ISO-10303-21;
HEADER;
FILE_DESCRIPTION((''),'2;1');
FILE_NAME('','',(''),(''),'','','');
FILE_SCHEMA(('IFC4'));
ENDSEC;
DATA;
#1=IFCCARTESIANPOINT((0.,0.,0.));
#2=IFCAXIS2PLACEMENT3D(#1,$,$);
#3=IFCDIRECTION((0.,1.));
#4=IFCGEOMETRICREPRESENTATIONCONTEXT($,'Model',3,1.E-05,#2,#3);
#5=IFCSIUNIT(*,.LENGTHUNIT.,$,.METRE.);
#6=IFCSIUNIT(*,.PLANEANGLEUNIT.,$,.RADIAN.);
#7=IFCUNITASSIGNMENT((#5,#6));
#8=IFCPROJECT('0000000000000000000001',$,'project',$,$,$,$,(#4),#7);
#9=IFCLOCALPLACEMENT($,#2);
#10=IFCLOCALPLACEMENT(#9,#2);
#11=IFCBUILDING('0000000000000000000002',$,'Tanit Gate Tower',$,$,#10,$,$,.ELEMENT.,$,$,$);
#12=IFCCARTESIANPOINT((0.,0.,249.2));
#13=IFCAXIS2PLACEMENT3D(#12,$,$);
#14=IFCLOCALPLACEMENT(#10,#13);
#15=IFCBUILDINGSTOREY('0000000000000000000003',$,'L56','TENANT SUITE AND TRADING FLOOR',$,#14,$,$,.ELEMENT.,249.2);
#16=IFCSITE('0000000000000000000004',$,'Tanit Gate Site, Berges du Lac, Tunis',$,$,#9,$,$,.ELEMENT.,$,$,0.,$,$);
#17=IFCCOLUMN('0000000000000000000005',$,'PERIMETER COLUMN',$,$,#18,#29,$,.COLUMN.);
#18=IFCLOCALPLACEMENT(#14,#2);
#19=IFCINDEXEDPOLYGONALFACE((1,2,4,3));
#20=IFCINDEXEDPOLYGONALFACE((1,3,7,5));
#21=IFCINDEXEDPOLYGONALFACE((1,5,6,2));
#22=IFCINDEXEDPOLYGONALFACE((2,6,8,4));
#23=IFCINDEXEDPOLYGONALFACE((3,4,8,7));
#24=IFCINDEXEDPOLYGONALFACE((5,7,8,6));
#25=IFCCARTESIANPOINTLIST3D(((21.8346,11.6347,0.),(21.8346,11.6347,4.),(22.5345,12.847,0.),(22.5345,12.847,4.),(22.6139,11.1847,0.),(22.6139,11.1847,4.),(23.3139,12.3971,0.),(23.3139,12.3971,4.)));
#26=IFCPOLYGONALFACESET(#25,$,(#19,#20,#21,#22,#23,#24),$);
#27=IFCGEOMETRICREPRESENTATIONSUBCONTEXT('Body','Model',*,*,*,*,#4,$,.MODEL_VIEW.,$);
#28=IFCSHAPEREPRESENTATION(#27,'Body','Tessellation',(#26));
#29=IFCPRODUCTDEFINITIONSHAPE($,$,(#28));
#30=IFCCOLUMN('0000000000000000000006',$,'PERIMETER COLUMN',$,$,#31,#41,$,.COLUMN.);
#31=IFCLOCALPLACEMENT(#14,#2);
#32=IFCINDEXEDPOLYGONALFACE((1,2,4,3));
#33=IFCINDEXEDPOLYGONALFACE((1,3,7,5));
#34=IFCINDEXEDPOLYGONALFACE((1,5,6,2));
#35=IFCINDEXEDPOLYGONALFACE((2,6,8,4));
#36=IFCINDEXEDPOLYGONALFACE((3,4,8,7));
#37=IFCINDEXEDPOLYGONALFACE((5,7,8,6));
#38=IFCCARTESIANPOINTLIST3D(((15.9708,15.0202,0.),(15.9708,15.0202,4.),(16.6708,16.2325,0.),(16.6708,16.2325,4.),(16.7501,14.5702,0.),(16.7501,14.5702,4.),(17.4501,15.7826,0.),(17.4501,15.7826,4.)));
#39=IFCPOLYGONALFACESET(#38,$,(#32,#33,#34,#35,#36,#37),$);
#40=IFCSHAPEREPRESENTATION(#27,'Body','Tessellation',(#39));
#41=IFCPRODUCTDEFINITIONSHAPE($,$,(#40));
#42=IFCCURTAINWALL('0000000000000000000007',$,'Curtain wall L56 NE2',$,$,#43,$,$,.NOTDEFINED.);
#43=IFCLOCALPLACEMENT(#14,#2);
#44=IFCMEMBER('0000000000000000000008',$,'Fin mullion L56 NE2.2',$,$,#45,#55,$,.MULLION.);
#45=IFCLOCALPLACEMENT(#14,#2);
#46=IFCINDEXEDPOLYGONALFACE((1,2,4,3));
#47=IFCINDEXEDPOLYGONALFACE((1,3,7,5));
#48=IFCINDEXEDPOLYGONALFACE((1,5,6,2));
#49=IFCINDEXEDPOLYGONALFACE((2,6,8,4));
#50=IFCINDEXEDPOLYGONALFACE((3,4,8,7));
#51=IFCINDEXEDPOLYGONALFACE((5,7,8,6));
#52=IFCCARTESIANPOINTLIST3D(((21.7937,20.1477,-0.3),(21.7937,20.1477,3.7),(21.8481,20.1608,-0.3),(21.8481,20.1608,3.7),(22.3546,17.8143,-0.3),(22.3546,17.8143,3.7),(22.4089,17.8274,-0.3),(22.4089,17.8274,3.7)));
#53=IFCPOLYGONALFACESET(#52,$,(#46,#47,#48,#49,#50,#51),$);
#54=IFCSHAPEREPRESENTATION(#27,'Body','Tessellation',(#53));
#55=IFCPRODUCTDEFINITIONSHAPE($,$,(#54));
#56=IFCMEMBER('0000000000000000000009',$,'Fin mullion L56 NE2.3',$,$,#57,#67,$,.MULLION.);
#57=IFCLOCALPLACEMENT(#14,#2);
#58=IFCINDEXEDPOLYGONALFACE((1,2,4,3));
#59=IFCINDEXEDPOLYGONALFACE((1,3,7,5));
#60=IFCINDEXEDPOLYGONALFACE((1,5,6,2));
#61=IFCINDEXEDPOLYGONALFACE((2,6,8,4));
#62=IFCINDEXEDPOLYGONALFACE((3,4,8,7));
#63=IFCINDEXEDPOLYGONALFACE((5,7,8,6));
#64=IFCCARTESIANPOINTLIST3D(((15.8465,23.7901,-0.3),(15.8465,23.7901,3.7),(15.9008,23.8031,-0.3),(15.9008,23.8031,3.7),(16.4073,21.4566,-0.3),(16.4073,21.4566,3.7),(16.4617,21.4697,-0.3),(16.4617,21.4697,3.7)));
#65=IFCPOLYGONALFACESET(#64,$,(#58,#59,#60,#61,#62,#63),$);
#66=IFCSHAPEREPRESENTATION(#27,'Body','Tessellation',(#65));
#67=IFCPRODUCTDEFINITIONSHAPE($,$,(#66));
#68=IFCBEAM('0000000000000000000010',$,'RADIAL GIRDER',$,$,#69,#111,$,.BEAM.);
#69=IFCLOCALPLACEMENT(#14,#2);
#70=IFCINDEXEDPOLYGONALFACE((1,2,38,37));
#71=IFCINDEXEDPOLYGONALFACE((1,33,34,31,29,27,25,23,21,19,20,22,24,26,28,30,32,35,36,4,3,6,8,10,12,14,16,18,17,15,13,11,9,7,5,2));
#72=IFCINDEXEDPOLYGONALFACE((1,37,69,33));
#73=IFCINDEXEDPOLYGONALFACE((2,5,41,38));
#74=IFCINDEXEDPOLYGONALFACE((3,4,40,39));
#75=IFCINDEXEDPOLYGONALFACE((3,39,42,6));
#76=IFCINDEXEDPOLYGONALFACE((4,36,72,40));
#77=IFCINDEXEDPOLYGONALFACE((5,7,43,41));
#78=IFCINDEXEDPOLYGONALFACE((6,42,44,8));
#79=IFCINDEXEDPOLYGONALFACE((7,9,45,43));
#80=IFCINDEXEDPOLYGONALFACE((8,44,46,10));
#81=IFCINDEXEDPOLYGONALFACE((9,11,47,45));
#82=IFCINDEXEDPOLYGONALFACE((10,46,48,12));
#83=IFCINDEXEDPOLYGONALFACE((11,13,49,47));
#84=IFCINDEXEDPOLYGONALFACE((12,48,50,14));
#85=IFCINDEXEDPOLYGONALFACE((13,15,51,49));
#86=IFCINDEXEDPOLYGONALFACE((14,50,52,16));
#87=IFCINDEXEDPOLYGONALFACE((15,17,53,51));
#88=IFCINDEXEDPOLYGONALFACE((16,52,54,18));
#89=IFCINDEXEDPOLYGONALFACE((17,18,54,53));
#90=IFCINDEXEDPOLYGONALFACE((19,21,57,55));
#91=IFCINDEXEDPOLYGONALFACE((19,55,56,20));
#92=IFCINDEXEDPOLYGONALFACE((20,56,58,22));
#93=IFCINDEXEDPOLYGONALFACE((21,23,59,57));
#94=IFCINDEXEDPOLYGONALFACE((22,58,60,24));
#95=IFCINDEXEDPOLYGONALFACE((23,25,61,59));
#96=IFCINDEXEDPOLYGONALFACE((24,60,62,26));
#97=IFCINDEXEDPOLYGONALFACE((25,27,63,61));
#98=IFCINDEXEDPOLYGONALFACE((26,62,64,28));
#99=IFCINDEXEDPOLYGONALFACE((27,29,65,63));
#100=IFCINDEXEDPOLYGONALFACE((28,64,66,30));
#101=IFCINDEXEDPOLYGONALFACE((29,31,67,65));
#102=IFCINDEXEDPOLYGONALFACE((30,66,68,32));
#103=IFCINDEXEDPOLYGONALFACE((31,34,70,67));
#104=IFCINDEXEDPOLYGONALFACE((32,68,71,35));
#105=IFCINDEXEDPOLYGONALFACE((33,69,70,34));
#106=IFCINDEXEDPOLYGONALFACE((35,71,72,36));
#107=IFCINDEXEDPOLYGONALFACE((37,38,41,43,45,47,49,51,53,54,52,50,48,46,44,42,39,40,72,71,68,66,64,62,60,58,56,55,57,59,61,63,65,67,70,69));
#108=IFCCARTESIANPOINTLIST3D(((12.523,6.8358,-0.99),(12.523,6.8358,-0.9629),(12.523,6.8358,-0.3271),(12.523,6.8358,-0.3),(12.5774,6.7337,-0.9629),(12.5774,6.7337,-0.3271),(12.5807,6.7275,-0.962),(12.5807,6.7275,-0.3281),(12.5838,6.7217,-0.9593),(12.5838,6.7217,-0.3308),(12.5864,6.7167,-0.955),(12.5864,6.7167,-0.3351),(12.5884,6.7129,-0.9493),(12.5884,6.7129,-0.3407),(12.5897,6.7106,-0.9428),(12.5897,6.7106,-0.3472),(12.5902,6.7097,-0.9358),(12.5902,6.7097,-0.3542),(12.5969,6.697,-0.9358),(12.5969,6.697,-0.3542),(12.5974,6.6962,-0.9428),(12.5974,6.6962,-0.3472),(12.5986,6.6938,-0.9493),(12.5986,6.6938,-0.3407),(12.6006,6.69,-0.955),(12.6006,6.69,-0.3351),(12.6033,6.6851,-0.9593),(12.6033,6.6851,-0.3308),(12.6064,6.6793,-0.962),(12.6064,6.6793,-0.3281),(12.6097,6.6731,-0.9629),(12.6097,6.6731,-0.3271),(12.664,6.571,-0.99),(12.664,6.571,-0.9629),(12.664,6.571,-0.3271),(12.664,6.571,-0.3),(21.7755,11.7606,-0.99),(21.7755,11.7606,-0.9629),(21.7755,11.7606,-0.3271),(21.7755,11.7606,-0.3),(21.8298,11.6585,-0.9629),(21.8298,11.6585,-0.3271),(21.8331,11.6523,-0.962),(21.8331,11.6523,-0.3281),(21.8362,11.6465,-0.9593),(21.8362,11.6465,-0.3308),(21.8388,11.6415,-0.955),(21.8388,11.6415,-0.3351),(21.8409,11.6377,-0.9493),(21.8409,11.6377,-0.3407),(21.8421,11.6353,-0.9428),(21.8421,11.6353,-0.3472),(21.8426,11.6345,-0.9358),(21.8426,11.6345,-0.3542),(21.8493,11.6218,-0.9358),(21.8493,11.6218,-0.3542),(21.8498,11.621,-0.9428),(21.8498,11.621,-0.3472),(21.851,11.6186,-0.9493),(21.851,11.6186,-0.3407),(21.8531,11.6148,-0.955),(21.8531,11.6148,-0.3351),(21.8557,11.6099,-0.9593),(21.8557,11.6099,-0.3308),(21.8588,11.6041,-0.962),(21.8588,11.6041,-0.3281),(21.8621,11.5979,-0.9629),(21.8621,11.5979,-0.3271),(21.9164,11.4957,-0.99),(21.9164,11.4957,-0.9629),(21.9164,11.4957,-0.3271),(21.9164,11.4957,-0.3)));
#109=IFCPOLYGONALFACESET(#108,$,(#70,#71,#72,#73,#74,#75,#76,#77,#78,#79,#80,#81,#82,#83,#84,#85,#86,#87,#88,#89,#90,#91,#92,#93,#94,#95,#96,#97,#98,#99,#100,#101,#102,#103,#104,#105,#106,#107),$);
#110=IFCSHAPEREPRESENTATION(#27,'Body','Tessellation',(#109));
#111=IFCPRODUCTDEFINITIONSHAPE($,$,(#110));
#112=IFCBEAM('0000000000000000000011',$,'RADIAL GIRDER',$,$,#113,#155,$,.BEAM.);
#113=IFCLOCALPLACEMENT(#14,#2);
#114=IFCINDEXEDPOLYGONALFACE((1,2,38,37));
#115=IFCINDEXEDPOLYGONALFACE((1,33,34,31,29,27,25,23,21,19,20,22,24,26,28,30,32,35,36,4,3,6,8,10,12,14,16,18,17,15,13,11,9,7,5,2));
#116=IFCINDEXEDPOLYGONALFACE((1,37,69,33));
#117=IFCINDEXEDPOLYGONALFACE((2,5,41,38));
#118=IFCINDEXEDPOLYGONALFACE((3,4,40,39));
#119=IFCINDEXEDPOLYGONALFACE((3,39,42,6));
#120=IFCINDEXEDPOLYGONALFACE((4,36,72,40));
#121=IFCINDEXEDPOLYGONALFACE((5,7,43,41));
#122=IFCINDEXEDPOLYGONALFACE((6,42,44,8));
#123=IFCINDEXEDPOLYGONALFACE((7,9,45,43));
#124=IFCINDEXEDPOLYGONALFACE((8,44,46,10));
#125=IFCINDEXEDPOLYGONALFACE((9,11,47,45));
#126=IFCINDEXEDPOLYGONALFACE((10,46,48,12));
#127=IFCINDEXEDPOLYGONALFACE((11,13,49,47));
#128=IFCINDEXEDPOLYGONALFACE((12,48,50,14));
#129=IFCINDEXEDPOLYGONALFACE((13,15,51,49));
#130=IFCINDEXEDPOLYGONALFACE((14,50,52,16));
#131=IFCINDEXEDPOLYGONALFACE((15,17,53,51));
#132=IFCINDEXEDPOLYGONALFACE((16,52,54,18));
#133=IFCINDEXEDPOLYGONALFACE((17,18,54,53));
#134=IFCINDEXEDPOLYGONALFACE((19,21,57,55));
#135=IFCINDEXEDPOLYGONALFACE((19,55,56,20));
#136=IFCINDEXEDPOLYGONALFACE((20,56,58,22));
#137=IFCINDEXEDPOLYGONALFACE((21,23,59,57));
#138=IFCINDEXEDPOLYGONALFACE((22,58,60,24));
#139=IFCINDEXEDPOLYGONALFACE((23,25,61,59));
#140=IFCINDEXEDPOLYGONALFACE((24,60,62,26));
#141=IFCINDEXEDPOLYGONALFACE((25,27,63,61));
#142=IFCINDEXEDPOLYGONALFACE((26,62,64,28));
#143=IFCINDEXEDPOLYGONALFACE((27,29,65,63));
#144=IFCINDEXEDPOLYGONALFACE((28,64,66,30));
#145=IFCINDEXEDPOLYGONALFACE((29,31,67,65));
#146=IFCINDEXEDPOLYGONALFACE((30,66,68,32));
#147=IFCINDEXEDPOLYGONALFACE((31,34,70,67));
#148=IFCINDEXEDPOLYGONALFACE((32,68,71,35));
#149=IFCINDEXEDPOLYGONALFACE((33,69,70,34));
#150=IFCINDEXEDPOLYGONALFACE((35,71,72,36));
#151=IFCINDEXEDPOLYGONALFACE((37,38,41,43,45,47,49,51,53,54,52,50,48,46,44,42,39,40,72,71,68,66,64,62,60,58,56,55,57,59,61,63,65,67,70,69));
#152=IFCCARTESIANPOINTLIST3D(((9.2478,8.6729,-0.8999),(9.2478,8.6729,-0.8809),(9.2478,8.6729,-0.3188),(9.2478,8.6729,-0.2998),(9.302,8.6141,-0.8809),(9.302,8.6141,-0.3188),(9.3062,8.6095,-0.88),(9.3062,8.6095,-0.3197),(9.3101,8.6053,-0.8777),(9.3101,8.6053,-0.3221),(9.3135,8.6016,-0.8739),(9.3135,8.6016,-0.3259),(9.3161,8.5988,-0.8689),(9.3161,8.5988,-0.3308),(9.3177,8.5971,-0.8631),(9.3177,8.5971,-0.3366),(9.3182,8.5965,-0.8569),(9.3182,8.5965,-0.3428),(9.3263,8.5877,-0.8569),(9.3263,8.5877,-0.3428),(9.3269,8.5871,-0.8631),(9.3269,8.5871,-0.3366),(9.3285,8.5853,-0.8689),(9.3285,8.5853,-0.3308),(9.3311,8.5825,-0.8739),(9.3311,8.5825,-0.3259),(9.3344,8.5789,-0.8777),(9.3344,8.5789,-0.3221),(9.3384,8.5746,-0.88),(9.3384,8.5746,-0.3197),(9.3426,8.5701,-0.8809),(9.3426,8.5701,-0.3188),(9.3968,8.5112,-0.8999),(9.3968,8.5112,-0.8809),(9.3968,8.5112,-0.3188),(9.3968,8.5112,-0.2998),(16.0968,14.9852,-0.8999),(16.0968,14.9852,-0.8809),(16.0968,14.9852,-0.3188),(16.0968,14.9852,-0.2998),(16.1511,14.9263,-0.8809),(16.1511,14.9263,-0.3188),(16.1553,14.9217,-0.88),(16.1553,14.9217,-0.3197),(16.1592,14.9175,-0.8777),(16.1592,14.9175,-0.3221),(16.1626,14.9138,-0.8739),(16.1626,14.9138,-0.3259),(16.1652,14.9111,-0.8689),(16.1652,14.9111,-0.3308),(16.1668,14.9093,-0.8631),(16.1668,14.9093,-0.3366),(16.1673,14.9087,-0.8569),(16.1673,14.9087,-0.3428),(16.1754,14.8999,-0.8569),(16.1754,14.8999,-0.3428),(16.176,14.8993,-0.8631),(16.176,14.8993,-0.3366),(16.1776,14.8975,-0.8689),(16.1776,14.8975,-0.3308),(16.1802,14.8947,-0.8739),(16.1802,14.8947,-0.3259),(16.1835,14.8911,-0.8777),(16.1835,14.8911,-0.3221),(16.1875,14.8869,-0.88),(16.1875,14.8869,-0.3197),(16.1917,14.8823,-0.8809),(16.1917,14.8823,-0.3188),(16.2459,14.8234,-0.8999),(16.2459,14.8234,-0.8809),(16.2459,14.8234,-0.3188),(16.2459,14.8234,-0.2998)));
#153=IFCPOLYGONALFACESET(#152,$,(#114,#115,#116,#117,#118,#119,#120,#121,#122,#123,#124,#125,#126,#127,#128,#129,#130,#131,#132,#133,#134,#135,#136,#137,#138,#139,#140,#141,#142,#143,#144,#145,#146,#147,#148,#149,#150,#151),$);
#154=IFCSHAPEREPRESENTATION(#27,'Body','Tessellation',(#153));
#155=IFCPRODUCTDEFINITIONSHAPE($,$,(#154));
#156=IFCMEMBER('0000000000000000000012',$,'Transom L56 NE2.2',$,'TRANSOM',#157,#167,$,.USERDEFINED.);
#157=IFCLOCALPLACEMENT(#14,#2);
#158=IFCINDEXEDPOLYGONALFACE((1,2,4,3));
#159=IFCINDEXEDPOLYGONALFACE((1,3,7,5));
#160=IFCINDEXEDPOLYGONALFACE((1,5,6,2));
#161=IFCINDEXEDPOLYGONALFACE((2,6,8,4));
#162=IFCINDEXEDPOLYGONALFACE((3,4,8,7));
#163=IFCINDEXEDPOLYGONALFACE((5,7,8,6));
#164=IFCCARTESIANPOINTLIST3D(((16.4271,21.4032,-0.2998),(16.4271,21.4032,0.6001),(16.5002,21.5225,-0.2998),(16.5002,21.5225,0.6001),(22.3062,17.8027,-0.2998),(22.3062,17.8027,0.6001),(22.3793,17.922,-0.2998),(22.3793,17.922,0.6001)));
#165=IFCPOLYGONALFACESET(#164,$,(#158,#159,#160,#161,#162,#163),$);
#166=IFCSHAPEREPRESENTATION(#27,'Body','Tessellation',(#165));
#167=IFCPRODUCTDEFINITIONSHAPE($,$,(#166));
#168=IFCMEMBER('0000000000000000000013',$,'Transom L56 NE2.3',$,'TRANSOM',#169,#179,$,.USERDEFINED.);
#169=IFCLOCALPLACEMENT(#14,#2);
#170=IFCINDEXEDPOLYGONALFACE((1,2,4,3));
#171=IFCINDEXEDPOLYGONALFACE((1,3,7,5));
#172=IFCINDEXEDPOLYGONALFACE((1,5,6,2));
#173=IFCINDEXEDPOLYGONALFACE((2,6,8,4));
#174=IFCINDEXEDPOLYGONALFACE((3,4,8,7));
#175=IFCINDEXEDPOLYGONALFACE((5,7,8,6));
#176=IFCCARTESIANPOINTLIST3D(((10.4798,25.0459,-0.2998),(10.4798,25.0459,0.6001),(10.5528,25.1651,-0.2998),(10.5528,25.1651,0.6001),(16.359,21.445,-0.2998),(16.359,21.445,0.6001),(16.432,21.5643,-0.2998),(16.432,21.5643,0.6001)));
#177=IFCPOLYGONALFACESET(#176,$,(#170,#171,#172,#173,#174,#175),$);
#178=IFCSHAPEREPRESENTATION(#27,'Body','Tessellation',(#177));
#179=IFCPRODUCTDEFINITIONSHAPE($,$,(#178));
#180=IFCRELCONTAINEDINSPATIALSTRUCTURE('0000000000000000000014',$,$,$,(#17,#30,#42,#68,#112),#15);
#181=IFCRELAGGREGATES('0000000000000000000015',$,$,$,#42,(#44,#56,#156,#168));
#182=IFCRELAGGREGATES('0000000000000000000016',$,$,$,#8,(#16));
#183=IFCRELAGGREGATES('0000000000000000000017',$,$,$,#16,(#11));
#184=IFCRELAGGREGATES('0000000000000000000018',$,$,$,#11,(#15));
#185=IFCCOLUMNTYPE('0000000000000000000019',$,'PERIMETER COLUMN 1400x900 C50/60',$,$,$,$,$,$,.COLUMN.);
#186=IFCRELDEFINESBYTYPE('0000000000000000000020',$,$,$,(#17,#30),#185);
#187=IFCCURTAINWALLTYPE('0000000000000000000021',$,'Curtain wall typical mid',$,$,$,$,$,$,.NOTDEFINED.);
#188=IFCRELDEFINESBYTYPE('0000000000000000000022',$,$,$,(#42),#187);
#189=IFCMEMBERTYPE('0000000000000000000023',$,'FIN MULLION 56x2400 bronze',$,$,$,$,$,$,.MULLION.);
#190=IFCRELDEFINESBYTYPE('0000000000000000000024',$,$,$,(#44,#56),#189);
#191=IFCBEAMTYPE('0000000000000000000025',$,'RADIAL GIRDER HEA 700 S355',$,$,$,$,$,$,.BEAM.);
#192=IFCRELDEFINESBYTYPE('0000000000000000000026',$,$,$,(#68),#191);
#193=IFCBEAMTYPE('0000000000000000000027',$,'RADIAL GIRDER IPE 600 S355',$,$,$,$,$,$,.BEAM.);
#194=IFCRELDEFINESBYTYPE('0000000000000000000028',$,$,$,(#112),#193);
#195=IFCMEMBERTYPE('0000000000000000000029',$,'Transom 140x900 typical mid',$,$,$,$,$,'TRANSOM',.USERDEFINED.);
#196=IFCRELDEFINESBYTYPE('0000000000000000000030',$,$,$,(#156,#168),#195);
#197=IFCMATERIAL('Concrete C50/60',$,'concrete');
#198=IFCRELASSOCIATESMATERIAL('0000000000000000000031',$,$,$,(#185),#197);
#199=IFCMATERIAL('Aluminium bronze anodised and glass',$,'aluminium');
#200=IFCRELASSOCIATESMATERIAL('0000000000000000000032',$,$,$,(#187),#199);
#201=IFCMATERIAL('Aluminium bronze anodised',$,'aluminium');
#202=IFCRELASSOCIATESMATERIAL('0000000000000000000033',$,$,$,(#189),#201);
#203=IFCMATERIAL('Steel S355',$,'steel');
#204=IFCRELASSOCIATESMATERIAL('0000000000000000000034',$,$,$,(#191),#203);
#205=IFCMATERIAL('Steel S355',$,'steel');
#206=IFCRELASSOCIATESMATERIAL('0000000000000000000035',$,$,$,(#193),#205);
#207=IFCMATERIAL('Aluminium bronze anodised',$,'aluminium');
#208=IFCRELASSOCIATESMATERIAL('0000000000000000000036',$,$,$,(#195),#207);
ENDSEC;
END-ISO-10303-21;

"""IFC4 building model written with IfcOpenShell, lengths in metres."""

from ifc_helpers import new_model, si_unit, direction, frame, origin, origin_2d, place, context, subcontext, project, spatial, rectangle, i_section, extrude, material, material_profile, profile_set, type_object, element, aggregate, save


model = new_model("IFC4")

# Units and contexts
model_context = context("Model", 3, precision=1e-05, world=origin(), true_north=direction((0.0, 1.0)))
body_context = subcontext(model_context, "Body", "Model", "MODEL_VIEW")
ifc_project = project(units=[si_unit("LENGTHUNIT", "METRE"), si_unit("PLANEANGLEUNIT", "RADIAN")], contexts=[model_context])

# Site, building, storey
site_placement = place(None, origin())
site = spatial("IfcSite", under=ifc_project, at=site_placement, Name="Tanit Gate Site, Berges du Lac, Tunis", CompositionType="ELEMENT", RefElevation=0.0)
building_placement = place(site_placement, origin())
building = spatial("IfcBuilding", under=site, at=building_placement, Name="Tanit Gate Tower", CompositionType="ELEMENT")
storey_placement = place(building_placement, frame((0.0, 0.0, 249.2)))
storey = spatial("IfcBuildingStorey", under=building, at=storey_placement, Name="L56", Description="TENANT SUITE AND TRADING FLOOR", CompositionType="ELEMENT", Elevation=249.2)

# Columns
ifc_material_1 = material(Name="Concrete C50/60", Category="concrete")
ifc_material_profile_1 = material_profile(ifc_material_1, rectangle(XDim=1.3999, YDim=0.8999, at=origin_2d()), Name="RC 1400x900")
ifc_profile_set_1 = profile_set([ifc_material_profile_1], Name="Concrete C50/60")
column_type = type_object("IfcColumnType", Name="PERIMETER COLUMN 1400x900 C50/60", PredefinedType="COLUMN", material=ifc_profile_set_1)
for number, where, z_axis, x_axis, name in (
    (1, (22.5742, 12.0159, 0.0), (0.0, 0.0, 1.0), (0.5, 0.866025, 0.0), "PERIMETER COLUMN"),
    (2, (16.7104, 15.4014, 0.0), (0.0, 0.0, 1.0), (0.5, 0.866025, 0.0), "PERIMETER COLUMN"),
):
    element("IfcColumn", number, at=place(storey_placement, frame(where, z_axis=z_axis, x_axis=x_axis)), inside=storey, type_object=column_type, Name=name, PredefinedType="COLUMN", context=body_context, shape_type="SweptSolid", body=[
        extrude(rectangle(XDim=1.3999, YDim=0.8999, at=origin_2d()), origin(), (0.0, 0.0, 1.0), 4.0),
    ])

# Curtain wall, members
ifc_material_2 = material(Name="Aluminium bronze anodised and glass", Category="aluminium")
curtain_wall_type = type_object("IfcCurtainWallType", Name="Curtain wall typical mid", PredefinedType="NOTDEFINED", material=ifc_material_2)
curtain_wall_placement = place(storey_placement, origin())
curtain_wall = element("IfcCurtainWall", 3, at=curtain_wall_placement, inside=storey, type_object=curtain_wall_type, Name="Curtain wall L56 NE2", PredefinedType="NOTDEFINED")
ifc_material_3 = material(Name="Aluminium bronze anodised", Category="aluminium")
ifc_material_profile_2 = material_profile(ifc_material_3, rectangle(XDim=2.3999, YDim=0.0559, at=origin_2d()), Name="56x2400 bronze fin mullion")
ifc_profile_set_2 = profile_set([ifc_material_profile_2], Name="Aluminium bronze anodised")
member_type_1 = type_object("IfcMemberType", Name="FIN MULLION 56x2400 bronze", PredefinedType="MULLION", material=ifc_profile_set_2)
member_1_placement = place(storey_placement, frame((22.1013, 18.9875, -0.3), z_axis=(0.0, 0.0, 1.0), x_axis=(0.233691, -0.972311, 0.0)))
member_1 = element("IfcMember", 4, at=member_1_placement, type_object=member_type_1, Name="Fin mullion L56 NE2.2", PredefinedType="MULLION", context=body_context, shape_type="SweptSolid", body=[
    extrude(rectangle(XDim=2.3999, YDim=0.0559, at=origin_2d()), origin(), (0.0, 0.0, 1.0), 4.0),
])
member_2_placement = place(storey_placement, frame((16.1541, 22.6299, -0.3), z_axis=(0.0, 0.0, 1.0), x_axis=(0.233691, -0.972311, 0.0)))
member_2 = element("IfcMember", 5, at=member_2_placement, type_object=member_type_1, Name="Fin mullion L56 NE2.3", PredefinedType="MULLION", context=body_context, shape_type="SweptSolid", body=[
    extrude(rectangle(XDim=2.3999, YDim=0.0559, at=origin_2d()), origin(), (0.0, 0.0, 1.0), 4.0),
])

# Beams
ifc_material_4 = material(Name="Steel S355", Category="steel")
ifc_material_profile_3 = material_profile(ifc_material_4, i_section(OverallWidth=0.3, OverallDepth=0.6899, WebThickness=0.0144, FlangeThickness=0.0271, FilletRadius=0.0271, at=origin_2d()), Name="HEA 700")
ifc_profile_set_3 = profile_set([ifc_material_profile_3], Name="Steel S355")
beam_type_1 = type_object("IfcBeamType", Name="RADIAL GIRDER HEA 700 S355", PredefinedType="BEAM", material=ifc_profile_set_3)
beam_1_placement = place(storey_placement, frame((21.8459, 11.6282, -0.645), z_axis=(-0.882742, -0.469858, 0.0), x_axis=(0.469858, -0.882742, 0.0)))
element("IfcBeam", 6, at=beam_1_placement, inside=storey, type_object=beam_type_1, Name="RADIAL GIRDER", PredefinedType="BEAM", context=body_context, shape_type="SweptSolid", body=[
    extrude(i_section(OverallWidth=0.3, OverallDepth=0.6899, WebThickness=0.0144, FlangeThickness=0.0271, FilletRadius=0.0271, at=origin_2d()), origin(), (0.0, 0.0, 1.0), 10.4814),
])
ifc_material_5 = material(Name="Steel S355", Category="steel")
ifc_material_profile_4 = material_profile(ifc_material_5, i_section(OverallWidth=0.22, OverallDepth=0.6001, WebThickness=0.012, FlangeThickness=0.019, FilletRadius=0.0239, at=origin_2d()), Name="IPE 600")
ifc_profile_set_4 = profile_set([ifc_material_profile_4], Name="Steel S355")
beam_type_2 = type_object("IfcBeamType", Name="RADIAL GIRDER IPE 600 S355", PredefinedType="BEAM", material=ifc_profile_set_4)
beam_2_placement = place(storey_placement, frame((16.1714, 14.9043, -0.5999), z_axis=(-0.735339, -0.6777, 0.0), x_axis=(0.6777, -0.735339, 0.0)))
element("IfcBeam", 7, at=beam_2_placement, inside=storey, type_object=beam_type_2, Name="RADIAL GIRDER", PredefinedType="BEAM", context=body_context, shape_type="SweptSolid", body=[
    extrude(i_section(OverallWidth=0.22, OverallDepth=0.6001, WebThickness=0.012, FlangeThickness=0.019, FilletRadius=0.0239, at=origin_2d()), origin(), (0.0, 0.0, 1.0), 9.3142),
])

# Members
ifc_material_6 = material(Name="Aluminium bronze anodised", Category="aluminium")
ifc_material_profile_5 = material_profile(ifc_material_6, rectangle(XDim=0.1399, YDim=0.8999, at=origin_2d()), Name="140x900 bronze transom")
ifc_profile_set_5 = profile_set([ifc_material_profile_5], Name="Aluminium bronze anodised")
member_type_2 = type_object("IfcMemberType", Name="Transom 140x900 typical mid", ElementType="TRANSOM", PredefinedType="USERDEFINED", material=ifc_profile_set_5)
member_3_placement = place(storey_placement, frame((22.3428, 17.8623, 0.1501), z_axis=(-0.85278, 0.522271, 0.0), x_axis=(-0.522271, -0.85278, 0.0)))
member_3 = element("IfcMember", 8, at=member_3_placement, type_object=member_type_2, Name="Transom L56 NE2.2", ObjectType="TRANSOM", PredefinedType="USERDEFINED", context=body_context, shape_type="SweptSolid", body=[
    extrude(rectangle(XDim=0.1399, YDim=0.8999, at=origin_2d()), origin(), (0.0, 0.0, 1.0), 6.894),
])
member_4_placement = place(storey_placement, frame((16.3955, 21.5046, 0.1501), z_axis=(-0.852764, 0.522296, 0.0), x_axis=(-0.522296, -0.852764, 0.0)))
member_4 = element("IfcMember", 9, at=member_4_placement, type_object=member_type_2, Name="Transom L56 NE2.3", ObjectType="TRANSOM", PredefinedType="USERDEFINED", context=body_context, shape_type="SweptSolid", body=[
    extrude(rectangle(XDim=0.1399, YDim=0.8999, at=origin_2d()), origin(), (0.0, 0.0, 1.0), 6.8943),
])

aggregate(curtain_wall, [member_1, member_2, member_3, member_4])

save(model, "model.ifc")
